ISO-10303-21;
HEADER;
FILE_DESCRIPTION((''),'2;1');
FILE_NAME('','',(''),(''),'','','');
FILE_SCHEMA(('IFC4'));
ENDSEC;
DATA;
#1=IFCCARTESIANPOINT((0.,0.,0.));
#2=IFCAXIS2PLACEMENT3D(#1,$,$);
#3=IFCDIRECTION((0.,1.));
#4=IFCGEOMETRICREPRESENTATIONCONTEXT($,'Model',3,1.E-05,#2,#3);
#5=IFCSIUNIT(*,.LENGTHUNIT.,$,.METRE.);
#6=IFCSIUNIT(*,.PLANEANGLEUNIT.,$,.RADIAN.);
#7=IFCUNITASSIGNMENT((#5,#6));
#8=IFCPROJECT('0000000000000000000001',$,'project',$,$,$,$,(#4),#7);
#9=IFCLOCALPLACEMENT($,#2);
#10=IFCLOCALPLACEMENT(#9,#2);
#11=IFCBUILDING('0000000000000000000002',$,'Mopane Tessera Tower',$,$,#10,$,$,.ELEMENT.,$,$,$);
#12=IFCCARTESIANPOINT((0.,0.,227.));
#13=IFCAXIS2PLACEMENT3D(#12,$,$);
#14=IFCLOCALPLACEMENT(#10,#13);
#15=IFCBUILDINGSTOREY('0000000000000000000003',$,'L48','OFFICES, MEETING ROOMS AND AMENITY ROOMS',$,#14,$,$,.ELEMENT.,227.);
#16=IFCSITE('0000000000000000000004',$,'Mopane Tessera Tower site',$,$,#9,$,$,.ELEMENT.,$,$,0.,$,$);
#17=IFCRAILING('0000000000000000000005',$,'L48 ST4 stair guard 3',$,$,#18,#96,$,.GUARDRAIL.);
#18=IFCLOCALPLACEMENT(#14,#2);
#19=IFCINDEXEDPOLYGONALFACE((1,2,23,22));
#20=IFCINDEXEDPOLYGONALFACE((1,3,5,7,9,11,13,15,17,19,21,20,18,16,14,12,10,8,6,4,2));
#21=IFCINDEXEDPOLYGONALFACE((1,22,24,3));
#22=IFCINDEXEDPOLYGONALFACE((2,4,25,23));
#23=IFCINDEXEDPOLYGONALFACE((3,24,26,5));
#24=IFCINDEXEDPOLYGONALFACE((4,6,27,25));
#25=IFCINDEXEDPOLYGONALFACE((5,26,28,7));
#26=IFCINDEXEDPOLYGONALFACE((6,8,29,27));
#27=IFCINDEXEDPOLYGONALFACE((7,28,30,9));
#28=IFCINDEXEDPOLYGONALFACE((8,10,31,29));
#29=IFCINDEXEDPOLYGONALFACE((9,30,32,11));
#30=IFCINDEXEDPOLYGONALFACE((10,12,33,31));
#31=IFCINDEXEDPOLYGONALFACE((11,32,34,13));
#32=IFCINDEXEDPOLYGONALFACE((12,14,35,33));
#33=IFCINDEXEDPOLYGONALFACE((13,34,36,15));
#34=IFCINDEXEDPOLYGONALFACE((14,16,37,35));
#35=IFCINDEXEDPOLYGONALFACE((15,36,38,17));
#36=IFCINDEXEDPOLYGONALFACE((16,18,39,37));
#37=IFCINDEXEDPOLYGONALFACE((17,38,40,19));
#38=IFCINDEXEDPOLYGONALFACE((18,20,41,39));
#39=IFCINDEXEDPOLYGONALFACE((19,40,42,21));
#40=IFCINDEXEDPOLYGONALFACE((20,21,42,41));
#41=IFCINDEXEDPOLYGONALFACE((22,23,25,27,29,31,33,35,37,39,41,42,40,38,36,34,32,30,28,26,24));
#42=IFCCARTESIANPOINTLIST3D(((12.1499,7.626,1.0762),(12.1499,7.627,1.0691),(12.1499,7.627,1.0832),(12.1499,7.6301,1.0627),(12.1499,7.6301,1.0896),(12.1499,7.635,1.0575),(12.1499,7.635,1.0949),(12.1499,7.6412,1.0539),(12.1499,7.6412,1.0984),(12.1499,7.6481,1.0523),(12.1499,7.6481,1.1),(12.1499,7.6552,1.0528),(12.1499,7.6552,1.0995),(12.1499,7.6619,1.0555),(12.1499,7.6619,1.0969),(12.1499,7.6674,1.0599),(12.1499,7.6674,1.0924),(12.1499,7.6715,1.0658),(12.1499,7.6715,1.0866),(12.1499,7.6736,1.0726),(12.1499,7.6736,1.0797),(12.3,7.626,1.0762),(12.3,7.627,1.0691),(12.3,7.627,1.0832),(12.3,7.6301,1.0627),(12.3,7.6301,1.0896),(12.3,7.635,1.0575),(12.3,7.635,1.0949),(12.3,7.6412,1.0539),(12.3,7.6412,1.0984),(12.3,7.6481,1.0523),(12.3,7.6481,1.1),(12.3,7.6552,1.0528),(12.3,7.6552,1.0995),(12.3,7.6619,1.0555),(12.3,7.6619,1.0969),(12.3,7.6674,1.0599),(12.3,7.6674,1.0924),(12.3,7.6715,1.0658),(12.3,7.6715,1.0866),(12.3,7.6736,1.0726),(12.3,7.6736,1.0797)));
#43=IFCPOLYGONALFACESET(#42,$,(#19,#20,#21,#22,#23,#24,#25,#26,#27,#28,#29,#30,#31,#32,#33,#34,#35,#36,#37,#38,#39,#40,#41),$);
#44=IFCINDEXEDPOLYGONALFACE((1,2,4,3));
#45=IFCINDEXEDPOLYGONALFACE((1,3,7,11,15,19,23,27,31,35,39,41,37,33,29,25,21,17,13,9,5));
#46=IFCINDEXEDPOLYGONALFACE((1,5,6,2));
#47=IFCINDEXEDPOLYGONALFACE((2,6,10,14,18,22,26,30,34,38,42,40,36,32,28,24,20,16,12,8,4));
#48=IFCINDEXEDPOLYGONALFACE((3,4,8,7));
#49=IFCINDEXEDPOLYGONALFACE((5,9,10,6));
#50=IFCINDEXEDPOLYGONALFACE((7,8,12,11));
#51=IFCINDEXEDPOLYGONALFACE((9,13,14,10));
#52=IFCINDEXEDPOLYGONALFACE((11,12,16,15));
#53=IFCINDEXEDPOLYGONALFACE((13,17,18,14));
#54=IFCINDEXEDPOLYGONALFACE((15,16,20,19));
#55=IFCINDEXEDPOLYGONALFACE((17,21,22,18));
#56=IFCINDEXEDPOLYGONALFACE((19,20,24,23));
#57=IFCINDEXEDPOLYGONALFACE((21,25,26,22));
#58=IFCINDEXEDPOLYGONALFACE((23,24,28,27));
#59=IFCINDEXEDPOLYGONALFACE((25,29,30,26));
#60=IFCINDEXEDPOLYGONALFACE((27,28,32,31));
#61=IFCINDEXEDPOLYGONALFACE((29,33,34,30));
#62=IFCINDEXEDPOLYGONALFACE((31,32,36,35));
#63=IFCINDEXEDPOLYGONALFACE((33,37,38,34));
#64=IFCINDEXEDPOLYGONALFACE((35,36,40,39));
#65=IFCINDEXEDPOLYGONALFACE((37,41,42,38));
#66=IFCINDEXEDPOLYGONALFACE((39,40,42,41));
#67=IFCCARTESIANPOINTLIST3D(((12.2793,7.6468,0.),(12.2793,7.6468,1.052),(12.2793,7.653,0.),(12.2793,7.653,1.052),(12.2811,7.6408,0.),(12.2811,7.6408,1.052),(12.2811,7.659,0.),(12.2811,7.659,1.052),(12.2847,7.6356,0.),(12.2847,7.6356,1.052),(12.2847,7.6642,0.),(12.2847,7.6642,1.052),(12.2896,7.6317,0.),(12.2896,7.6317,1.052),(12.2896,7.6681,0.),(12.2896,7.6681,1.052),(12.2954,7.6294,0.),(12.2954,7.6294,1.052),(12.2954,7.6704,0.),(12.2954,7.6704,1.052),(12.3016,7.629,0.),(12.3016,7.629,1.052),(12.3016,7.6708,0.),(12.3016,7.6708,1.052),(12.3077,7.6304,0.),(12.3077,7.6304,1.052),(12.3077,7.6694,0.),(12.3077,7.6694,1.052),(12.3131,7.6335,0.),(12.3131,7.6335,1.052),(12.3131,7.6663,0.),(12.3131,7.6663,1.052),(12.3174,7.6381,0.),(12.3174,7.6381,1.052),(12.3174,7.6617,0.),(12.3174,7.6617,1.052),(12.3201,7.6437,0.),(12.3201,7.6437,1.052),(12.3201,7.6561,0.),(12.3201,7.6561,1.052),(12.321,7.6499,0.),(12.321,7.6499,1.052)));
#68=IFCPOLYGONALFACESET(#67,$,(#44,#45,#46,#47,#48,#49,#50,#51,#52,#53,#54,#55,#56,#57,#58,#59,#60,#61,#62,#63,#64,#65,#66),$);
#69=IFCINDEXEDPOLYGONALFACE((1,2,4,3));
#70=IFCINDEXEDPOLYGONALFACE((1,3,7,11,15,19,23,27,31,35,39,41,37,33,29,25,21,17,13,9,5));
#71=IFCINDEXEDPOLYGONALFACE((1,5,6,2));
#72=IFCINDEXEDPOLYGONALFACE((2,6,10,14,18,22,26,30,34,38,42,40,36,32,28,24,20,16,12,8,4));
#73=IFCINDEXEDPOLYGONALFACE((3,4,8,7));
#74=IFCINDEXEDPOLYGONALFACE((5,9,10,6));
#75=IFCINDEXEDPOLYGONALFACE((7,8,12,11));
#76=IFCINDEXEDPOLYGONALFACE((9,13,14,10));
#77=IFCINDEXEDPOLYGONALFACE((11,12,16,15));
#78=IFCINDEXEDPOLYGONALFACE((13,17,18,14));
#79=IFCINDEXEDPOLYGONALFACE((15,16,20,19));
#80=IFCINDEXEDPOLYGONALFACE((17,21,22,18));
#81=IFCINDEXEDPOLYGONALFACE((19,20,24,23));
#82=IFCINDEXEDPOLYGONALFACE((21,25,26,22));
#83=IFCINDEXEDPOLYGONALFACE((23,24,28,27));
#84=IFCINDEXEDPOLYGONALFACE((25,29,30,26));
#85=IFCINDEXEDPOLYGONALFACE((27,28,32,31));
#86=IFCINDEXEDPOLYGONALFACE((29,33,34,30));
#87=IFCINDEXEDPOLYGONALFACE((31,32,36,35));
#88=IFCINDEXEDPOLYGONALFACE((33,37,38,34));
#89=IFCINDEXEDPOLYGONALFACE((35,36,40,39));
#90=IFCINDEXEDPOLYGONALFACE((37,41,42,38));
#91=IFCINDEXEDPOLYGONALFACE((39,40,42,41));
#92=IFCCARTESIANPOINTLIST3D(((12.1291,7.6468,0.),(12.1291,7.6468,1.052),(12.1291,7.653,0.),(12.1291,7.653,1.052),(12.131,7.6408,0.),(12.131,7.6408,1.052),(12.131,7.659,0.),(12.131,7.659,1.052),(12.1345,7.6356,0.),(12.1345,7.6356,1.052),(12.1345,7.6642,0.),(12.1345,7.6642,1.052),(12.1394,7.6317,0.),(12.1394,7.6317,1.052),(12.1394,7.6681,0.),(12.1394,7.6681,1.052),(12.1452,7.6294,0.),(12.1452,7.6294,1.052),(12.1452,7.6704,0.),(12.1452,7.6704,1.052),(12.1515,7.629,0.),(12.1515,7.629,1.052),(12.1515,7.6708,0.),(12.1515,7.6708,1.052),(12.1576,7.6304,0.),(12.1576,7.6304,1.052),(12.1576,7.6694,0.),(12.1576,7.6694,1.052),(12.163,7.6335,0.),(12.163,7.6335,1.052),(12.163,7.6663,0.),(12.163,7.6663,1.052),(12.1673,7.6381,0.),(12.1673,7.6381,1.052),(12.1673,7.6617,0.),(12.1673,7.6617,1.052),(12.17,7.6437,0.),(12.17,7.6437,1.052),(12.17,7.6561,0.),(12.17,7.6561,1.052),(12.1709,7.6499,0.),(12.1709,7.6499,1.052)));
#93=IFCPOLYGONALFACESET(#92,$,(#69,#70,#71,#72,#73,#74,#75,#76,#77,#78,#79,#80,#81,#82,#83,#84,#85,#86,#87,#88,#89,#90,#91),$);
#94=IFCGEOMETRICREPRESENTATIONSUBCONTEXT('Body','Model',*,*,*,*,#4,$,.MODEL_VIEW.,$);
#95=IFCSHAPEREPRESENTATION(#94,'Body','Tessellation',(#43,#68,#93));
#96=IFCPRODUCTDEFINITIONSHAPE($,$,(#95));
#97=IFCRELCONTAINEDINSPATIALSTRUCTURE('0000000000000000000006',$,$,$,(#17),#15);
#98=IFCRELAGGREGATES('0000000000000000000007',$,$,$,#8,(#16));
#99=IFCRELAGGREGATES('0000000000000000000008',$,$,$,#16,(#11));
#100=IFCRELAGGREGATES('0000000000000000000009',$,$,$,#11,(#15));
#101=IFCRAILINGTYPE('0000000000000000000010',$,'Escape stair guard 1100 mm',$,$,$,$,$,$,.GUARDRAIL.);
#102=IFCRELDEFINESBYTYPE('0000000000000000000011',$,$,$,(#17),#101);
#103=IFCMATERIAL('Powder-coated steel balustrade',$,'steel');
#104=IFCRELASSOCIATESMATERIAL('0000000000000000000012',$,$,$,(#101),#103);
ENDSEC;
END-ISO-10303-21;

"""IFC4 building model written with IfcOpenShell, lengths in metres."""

from ifc_helpers import new_model, si_unit, direction, frame, origin, origin_2d, place, context, subcontext, project, spatial, circle, extrude, material, type_object, element, save


model = new_model("IFC4")

# Units and contexts
model_context = context("Model", 3, precision=1e-05, world=origin(), true_north=direction((0.0, 1.0)))
body_context = subcontext(model_context, "Body", "Model", "MODEL_VIEW")
ifc_project = project(units=[si_unit("LENGTHUNIT", "METRE"), si_unit("PLANEANGLEUNIT", "RADIAN")], contexts=[model_context])

# Site, building, storey
site_placement = place(None, origin())
site = spatial("IfcSite", under=ifc_project, at=site_placement, Name="Mopane Tessera Tower site", CompositionType="ELEMENT", RefElevation=0.0)
building_placement = place(site_placement, origin())
building = spatial("IfcBuilding", under=site, at=building_placement, Name="Mopane Tessera Tower", CompositionType="ELEMENT")
storey_placement = place(building_placement, frame((0.0, 0.0, 227.0)))
storey = spatial("IfcBuildingStorey", under=building, at=storey_placement, Name="L48", Description="OFFICES, MEETING ROOMS AND AMENITY ROOMS", CompositionType="ELEMENT", Elevation=227.0)

# Railing
ifc_material_1 = material(Name="Powder-coated steel balustrade", Category="steel")
railing_type_1 = type_object("IfcRailingType", Name="Escape stair guard 1100 mm", PredefinedType="GUARDRAIL", material=ifc_material_1)
railing_1_placement = place(storey_placement, frame((12.3, 7.6499, 0.0)))
element("IfcRailing", 1, at=railing_1_placement, inside=storey, type_object=railing_type_1, Name="L48 ST4 stair guard 3", PredefinedType="GUARDRAIL", context=body_context, shape_type="SweptSolid", body=[
    extrude(circle(Radius=0.0239, at=origin_2d()), frame((0.0, 0.0, 1.0762), z_axis=(-1.0, 0.0, 0.0), x_axis=(0.0, -1.0, 0.0)), (0.0, 0.0, 1.0), 0.1501),
    extrude(circle(Radius=0.021, at=origin_2d()), origin(), (0.0, 0.0, 1.0), 1.052),
    extrude(circle(Radius=0.021, at=origin_2d()), frame((-0.1501, 0.0, 0.0)), (0.0, 0.0, 1.0), 1.052),
])

save(model, "model.ifc")
